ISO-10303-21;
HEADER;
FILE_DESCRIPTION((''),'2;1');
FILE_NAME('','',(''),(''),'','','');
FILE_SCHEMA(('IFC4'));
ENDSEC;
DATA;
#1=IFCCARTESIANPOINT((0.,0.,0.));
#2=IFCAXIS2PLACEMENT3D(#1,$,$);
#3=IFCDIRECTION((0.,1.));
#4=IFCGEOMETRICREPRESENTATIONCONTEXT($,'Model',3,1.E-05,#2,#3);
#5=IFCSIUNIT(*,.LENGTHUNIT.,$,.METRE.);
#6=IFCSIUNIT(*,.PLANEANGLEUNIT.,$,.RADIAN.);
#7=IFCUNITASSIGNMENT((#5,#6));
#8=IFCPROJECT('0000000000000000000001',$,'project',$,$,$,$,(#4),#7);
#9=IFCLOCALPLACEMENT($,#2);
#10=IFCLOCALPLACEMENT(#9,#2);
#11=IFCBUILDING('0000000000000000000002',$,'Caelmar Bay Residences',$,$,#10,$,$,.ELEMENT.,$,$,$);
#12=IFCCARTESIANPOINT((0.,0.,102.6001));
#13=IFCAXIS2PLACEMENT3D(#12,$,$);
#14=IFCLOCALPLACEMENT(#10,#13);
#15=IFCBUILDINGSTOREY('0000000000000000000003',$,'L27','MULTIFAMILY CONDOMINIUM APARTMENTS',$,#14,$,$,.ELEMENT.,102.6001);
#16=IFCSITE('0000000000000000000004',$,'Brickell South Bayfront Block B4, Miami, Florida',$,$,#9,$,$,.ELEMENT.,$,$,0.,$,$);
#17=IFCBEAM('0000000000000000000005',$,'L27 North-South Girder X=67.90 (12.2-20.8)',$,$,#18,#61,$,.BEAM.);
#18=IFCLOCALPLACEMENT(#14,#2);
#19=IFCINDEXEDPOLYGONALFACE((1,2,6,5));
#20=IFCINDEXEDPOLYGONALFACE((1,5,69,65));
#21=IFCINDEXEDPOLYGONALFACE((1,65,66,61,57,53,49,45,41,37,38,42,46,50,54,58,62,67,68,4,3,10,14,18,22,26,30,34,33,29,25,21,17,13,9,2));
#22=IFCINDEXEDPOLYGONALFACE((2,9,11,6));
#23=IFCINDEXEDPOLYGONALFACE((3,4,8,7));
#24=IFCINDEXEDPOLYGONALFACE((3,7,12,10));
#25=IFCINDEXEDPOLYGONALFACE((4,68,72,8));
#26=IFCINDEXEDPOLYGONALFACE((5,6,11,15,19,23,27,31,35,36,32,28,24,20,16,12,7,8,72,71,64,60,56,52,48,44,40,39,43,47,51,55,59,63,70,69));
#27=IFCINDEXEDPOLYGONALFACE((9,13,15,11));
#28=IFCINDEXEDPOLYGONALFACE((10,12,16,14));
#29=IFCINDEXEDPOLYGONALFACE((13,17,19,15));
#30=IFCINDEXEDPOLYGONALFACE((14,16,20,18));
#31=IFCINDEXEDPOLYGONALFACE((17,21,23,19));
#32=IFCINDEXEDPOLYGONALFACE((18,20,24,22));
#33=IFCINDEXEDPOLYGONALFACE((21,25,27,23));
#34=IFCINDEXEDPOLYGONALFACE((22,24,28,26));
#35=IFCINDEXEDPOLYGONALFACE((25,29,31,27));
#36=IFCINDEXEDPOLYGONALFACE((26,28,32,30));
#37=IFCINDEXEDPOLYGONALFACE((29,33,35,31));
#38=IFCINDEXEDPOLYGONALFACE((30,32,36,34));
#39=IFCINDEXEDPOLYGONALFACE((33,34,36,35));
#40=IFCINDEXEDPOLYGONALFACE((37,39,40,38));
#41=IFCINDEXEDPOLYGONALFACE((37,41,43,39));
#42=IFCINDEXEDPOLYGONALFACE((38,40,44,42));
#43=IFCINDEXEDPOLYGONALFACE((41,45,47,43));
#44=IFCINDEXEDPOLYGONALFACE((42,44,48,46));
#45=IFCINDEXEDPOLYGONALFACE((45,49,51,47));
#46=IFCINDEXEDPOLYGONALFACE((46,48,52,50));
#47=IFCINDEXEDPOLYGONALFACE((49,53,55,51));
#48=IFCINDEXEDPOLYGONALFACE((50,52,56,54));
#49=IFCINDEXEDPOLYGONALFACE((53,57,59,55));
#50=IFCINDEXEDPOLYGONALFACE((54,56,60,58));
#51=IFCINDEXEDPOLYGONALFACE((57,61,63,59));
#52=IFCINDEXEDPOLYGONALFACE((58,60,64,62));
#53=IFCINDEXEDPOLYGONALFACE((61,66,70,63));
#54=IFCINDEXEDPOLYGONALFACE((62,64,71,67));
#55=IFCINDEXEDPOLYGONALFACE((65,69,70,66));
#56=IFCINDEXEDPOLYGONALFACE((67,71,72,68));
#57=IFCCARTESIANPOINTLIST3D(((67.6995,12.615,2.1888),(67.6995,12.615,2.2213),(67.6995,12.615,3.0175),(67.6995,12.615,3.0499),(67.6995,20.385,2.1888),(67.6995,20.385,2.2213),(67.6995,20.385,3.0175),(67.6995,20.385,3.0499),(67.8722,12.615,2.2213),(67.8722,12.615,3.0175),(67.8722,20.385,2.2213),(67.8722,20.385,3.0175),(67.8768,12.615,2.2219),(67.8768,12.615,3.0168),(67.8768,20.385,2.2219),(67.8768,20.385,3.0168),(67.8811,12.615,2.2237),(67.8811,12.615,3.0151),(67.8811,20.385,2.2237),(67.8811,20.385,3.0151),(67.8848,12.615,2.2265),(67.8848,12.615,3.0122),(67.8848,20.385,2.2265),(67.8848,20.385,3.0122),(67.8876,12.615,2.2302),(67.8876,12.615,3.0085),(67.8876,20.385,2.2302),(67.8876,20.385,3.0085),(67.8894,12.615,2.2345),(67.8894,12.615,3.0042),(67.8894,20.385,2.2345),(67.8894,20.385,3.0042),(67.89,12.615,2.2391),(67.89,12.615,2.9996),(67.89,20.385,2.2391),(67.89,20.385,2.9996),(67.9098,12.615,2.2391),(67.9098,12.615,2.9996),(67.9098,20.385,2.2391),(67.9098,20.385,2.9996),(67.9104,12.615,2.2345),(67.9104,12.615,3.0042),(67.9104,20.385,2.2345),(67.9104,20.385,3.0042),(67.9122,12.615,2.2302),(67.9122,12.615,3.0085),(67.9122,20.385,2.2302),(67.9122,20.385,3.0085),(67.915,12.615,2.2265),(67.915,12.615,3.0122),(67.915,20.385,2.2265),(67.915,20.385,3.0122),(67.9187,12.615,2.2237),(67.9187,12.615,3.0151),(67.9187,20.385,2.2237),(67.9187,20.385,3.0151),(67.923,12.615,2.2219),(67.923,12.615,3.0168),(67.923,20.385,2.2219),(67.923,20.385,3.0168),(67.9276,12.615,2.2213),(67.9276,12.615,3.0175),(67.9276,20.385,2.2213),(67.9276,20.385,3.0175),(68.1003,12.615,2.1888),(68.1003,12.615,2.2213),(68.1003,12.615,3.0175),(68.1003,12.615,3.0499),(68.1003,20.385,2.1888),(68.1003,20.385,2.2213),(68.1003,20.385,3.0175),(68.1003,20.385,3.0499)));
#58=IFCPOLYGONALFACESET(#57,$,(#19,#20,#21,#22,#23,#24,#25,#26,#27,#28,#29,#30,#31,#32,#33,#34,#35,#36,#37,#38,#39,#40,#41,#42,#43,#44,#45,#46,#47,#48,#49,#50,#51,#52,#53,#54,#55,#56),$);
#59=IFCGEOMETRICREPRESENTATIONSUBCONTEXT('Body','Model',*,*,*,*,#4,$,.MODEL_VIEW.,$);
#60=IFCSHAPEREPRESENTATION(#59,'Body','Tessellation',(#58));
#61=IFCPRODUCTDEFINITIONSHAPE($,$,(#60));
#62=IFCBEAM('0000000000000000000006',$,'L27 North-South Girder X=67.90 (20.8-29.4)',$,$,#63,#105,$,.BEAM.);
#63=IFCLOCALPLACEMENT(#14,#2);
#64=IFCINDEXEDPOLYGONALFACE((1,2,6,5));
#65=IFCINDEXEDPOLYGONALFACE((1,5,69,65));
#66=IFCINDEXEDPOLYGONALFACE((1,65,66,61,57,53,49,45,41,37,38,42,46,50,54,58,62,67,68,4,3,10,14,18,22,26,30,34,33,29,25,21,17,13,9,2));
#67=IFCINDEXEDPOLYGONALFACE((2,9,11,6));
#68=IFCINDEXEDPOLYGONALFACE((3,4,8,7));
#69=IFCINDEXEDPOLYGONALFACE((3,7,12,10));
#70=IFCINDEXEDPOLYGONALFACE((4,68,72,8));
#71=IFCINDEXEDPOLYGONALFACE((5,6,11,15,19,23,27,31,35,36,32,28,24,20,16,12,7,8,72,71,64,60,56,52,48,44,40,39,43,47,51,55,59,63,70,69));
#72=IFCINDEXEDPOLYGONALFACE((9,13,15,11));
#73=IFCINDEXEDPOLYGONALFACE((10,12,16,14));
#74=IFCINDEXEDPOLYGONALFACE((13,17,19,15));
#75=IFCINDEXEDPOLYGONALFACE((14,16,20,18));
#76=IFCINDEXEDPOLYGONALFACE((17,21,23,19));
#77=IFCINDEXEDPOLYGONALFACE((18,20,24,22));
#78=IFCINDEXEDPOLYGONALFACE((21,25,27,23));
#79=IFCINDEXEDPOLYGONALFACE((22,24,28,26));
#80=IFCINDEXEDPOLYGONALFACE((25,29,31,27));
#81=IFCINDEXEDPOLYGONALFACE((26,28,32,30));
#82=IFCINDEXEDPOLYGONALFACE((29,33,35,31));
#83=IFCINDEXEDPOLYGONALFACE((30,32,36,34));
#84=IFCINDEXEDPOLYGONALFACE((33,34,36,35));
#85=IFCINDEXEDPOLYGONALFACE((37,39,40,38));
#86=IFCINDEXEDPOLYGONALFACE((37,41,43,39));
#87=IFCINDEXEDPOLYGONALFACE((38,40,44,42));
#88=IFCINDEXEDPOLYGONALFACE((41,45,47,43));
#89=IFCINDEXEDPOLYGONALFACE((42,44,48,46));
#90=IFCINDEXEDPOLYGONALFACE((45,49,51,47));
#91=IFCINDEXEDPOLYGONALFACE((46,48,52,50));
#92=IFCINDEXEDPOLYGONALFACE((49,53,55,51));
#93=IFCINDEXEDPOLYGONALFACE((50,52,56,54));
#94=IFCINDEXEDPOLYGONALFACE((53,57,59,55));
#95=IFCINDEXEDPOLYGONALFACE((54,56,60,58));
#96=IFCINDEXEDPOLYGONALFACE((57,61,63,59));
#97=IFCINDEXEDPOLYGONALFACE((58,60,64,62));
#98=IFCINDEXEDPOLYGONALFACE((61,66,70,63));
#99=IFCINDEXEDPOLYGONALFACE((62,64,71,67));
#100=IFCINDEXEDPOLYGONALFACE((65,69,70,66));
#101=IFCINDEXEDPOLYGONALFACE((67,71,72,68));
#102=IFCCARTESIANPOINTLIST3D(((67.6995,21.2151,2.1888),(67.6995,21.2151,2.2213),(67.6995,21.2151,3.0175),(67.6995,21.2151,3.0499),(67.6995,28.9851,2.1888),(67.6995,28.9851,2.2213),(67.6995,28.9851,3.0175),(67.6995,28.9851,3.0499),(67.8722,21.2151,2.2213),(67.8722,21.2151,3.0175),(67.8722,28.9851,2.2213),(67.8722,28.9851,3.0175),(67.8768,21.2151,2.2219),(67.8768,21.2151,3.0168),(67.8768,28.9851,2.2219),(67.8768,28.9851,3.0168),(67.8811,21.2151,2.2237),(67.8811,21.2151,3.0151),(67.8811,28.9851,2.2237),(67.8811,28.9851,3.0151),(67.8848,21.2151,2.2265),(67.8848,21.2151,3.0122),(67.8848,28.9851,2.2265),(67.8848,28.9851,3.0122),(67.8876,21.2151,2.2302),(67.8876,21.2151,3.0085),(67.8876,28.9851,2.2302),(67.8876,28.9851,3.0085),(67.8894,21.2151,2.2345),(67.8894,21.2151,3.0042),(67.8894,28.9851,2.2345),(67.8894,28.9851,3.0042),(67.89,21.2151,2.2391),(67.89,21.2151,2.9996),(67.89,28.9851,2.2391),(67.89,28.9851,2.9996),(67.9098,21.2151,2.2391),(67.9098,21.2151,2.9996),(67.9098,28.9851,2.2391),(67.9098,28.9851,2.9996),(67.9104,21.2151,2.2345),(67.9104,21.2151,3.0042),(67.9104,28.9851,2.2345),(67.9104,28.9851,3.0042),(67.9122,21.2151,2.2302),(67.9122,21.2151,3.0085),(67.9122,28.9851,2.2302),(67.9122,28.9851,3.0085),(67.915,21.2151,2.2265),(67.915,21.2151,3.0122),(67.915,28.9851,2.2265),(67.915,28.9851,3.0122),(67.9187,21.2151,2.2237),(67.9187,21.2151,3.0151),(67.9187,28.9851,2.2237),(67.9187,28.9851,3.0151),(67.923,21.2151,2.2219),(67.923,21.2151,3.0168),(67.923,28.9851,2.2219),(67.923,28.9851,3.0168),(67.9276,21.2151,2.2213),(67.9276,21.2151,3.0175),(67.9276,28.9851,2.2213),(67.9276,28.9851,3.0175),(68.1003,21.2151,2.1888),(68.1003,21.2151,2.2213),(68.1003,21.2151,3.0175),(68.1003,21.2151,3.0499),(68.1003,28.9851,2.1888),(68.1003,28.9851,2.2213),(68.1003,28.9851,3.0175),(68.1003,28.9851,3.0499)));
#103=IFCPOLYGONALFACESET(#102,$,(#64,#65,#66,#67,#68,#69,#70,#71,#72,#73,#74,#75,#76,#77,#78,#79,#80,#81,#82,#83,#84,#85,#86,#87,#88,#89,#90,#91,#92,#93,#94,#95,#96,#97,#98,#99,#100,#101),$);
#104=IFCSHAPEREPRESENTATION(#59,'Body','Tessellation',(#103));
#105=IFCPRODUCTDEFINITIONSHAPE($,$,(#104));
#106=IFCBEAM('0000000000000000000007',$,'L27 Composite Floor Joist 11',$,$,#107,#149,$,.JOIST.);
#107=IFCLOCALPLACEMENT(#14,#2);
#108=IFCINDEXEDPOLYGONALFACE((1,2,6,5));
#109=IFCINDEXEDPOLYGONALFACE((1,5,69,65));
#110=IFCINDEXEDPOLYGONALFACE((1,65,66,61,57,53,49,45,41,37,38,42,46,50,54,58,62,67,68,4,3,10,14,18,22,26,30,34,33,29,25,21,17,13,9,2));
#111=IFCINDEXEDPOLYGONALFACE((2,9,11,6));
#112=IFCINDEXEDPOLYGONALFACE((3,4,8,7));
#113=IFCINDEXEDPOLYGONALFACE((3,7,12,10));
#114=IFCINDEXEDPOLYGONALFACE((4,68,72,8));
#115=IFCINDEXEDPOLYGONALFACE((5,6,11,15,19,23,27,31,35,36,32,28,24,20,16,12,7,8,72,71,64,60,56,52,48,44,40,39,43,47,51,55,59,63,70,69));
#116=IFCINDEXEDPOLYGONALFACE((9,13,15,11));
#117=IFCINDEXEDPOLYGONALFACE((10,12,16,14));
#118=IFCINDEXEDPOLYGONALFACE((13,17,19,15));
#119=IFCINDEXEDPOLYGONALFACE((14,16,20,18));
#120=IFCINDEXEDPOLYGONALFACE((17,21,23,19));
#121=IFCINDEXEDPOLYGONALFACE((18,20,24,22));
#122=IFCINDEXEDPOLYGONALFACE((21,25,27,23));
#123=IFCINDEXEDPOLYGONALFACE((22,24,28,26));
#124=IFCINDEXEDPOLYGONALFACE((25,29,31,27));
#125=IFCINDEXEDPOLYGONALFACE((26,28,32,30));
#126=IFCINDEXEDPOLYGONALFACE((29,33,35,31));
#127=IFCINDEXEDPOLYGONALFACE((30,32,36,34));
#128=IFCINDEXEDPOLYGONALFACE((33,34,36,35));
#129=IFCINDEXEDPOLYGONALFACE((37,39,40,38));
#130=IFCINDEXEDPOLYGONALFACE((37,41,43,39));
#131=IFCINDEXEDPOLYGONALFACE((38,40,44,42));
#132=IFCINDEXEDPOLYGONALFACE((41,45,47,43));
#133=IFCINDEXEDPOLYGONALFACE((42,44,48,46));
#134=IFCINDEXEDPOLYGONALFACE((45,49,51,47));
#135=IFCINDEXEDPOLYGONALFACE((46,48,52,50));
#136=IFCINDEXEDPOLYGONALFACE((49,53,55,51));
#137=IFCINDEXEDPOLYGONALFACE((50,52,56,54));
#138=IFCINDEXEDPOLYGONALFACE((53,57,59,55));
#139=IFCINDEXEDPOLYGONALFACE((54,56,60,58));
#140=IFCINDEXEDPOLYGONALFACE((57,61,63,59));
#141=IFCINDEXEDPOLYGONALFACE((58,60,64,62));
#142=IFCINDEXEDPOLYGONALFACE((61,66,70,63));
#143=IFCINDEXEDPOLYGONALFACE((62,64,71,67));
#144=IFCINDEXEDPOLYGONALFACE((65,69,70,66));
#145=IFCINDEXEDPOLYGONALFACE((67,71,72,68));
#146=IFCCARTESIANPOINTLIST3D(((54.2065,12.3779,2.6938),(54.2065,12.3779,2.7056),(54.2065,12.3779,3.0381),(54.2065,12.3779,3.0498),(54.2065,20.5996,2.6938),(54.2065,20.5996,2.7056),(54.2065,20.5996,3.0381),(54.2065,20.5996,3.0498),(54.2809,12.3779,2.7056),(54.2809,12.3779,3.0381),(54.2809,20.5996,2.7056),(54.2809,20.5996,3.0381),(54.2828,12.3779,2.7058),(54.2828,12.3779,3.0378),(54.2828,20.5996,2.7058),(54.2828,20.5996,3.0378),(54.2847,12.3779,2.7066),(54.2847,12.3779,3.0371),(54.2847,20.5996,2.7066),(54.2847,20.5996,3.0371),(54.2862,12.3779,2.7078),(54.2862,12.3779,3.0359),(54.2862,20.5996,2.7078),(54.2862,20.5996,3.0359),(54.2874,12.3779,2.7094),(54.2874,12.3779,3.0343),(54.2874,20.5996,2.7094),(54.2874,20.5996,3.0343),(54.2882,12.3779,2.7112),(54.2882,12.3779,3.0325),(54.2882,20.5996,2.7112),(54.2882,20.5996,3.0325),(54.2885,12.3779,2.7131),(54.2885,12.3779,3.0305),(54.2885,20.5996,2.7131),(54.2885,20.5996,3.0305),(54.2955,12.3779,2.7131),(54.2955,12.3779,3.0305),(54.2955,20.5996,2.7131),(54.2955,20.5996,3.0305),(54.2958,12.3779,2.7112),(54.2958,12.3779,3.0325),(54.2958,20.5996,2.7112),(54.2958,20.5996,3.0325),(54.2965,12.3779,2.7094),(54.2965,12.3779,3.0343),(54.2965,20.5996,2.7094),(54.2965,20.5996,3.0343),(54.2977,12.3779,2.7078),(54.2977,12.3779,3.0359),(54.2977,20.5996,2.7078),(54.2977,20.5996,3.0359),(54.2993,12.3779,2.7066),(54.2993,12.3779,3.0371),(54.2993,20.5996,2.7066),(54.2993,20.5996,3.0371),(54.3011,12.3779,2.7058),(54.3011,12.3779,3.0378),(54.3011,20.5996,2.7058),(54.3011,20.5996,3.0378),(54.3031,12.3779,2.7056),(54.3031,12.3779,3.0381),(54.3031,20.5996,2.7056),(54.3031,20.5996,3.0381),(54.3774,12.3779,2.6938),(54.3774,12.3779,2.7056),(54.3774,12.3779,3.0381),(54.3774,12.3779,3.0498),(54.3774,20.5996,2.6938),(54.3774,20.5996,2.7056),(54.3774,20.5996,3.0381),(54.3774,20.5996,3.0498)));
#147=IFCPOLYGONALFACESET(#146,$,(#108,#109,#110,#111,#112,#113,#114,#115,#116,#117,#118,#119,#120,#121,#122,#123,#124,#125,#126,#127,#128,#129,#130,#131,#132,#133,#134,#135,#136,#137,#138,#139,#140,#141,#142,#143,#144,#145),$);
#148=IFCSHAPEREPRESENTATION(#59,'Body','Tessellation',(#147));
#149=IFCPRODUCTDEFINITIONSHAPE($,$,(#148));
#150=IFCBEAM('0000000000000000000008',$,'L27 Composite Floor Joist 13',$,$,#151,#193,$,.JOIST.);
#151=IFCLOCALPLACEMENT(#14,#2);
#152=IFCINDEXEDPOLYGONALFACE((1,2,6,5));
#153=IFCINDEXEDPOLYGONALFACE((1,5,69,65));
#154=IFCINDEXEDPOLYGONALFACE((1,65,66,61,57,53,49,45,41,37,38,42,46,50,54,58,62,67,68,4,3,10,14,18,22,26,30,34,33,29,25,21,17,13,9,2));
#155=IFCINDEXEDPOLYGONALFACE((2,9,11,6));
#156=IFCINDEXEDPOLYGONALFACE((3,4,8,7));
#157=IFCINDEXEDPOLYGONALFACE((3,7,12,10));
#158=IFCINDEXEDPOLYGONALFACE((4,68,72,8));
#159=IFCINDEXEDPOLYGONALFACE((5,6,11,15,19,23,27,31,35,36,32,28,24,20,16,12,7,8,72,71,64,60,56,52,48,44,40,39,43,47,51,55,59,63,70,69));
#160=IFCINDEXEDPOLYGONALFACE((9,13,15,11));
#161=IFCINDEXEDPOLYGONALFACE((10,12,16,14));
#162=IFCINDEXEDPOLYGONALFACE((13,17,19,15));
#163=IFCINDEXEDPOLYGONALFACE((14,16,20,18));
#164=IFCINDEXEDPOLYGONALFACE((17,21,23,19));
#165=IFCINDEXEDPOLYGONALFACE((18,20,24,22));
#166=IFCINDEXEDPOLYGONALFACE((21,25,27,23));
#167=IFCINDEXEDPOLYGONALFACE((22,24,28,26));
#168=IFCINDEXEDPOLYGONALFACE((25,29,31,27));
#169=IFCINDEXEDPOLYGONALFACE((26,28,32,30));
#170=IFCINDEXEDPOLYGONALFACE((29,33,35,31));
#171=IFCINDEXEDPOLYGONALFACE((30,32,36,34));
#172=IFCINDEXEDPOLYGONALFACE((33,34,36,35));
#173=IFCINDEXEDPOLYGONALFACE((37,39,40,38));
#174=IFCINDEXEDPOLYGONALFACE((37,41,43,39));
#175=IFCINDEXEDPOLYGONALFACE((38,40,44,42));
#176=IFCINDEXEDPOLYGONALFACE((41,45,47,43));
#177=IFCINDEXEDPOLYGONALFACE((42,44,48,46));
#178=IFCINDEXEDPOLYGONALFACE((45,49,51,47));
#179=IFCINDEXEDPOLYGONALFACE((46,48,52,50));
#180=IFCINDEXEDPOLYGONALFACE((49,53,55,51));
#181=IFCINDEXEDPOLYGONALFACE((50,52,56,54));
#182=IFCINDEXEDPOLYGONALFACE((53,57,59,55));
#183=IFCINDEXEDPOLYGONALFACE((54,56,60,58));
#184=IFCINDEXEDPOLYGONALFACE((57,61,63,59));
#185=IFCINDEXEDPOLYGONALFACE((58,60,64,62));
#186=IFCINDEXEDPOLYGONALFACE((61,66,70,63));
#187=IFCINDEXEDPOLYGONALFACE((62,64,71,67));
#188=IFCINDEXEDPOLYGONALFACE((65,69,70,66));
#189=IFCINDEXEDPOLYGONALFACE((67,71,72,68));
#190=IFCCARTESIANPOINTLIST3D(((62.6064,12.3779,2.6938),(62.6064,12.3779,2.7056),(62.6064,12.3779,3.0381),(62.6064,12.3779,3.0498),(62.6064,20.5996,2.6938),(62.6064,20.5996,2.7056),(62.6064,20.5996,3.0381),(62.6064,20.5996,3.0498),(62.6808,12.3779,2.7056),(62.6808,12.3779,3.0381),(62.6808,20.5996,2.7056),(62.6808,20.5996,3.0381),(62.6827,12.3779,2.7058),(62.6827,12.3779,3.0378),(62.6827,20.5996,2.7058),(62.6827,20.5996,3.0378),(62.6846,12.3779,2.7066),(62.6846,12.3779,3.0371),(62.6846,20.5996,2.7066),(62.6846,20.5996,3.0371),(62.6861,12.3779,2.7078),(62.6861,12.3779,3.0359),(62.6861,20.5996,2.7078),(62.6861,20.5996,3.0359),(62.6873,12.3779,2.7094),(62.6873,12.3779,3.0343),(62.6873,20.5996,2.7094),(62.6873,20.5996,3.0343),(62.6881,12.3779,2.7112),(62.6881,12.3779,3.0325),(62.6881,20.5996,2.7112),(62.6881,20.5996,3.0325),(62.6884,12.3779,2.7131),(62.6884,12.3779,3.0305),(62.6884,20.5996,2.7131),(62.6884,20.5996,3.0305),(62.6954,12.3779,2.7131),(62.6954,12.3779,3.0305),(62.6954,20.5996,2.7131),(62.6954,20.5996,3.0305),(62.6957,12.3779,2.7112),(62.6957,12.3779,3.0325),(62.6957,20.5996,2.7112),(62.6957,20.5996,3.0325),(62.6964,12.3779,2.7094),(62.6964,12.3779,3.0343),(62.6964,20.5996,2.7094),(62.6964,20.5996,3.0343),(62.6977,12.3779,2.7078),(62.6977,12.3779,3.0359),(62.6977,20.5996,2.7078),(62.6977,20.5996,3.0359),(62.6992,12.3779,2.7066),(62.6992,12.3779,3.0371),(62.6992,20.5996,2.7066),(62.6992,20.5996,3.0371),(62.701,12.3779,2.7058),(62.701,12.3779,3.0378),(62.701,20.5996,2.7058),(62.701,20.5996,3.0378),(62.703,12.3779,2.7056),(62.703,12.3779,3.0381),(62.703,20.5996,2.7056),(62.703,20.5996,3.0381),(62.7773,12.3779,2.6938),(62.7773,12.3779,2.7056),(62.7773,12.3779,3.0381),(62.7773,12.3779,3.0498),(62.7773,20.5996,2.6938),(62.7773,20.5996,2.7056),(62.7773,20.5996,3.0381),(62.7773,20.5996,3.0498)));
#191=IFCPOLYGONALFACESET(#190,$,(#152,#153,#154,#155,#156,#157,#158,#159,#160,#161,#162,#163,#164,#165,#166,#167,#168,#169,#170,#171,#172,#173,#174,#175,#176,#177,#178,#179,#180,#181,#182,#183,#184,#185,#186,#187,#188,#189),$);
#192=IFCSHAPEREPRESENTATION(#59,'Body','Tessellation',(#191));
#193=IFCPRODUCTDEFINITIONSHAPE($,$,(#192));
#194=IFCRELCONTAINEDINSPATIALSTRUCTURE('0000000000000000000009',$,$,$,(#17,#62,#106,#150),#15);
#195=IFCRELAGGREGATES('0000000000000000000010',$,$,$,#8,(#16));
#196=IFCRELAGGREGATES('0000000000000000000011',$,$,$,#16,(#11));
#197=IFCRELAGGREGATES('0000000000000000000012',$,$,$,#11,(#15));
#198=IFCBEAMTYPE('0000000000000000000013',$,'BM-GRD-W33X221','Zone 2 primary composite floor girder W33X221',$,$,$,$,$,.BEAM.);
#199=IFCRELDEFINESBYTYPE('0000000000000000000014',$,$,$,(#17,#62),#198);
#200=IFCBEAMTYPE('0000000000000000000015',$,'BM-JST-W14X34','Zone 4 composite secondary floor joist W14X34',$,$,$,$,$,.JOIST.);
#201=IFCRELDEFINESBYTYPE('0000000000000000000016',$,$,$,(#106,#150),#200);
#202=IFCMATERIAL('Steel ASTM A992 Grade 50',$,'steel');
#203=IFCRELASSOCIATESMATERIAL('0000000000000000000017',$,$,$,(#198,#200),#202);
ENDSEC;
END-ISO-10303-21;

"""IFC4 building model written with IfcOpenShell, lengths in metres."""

from ifc_helpers import new_model, si_unit, direction, frame, origin, origin_2d, place, context, subcontext, project, spatial, i_section, extrude, material, material_profile, profile_set, type_object, element, save


model = new_model("IFC4")

# Units and contexts
model_context = context("Model", 3, precision=1e-05, world=origin(), true_north=direction((0.0, 1.0)))
body_context = subcontext(model_context, "Body", "Model", "MODEL_VIEW")
ifc_project = project(units=[si_unit("LENGTHUNIT", "METRE"), si_unit("PLANEANGLEUNIT", "RADIAN")], contexts=[model_context])

# Site, building, storey
site_placement = place(None, origin())
site = spatial("IfcSite", under=ifc_project, at=site_placement, Name="Brickell South Bayfront Block B4, Miami, Florida", CompositionType="ELEMENT", RefElevation=0.0)
building_placement = place(site_placement, origin())
building = spatial("IfcBuilding", under=site, at=building_placement, Name="Caelmar Bay Residences", CompositionType="ELEMENT")
storey_placement = place(building_placement, frame((0.0, 0.0, 102.6001)))
storey = spatial("IfcBuildingStorey", under=building, at=storey_placement, Name="L27", Description="MULTIFAMILY CONDOMINIUM APARTMENTS", CompositionType="ELEMENT", Elevation=102.6001)

# Beams
ifc_material_1 = material(Name="Steel ASTM A992 Grade 50", Category="steel")
ifc_material_profile_1 = material_profile(ifc_material_1, i_section(OverallWidth=0.4009, OverallDepth=0.8611, WebThickness=0.0198, FlangeThickness=0.0325, FilletRadius=0.0178, at=origin_2d()), Name="W33X221")
ifc_profile_set_1 = profile_set([ifc_material_profile_1], Name="Steel ASTM A992 Grade 50")
beam_type_1 = type_object("IfcBeamType", Name="BM-GRD-W33X221", Description="Zone 2 primary composite floor girder W33X221", PredefinedType="BEAM", material=ifc_profile_set_1)
for number, where, z_axis, x_axis, name in (
    (1, (67.8999, 12.615, 2.6194), (0.0, 1.0, 0.0), (-1.0, 0.0, 0.0), "L27 North-South Girder X=67.90 (12.2-20.8)"),
    (2, (67.8999, 21.2151, 2.6194), (0.0, 1.0, 0.0), (-1.0, 0.0, 0.0), "L27 North-South Girder X=67.90 (20.8-29.4)"),
):
    element("IfcBeam", number, at=place(storey_placement, frame(where, z_axis=z_axis, x_axis=x_axis)), inside=storey, type_object=beam_type_1, Name=name, PredefinedType="BEAM", context=body_context, shape_type="SweptSolid", body=[
        extrude(i_section(OverallWidth=0.4009, OverallDepth=0.8611, WebThickness=0.0198, FlangeThickness=0.0325, FilletRadius=0.0178, at=origin_2d()), origin(), (0.0, 0.0, 1.0), 7.77),
    ])
ifc_material_profile_2 = material_profile(ifc_material_1, i_section(OverallWidth=0.1709, OverallDepth=0.356, WebThickness=0.0071, FlangeThickness=0.0117, FilletRadius=0.0076, at=origin_2d()), Name="W14X34")
ifc_profile_set_2 = profile_set([ifc_material_profile_2], Name="Steel ASTM A992 Grade 50")
beam_type_2 = type_object("IfcBeamType", Name="BM-JST-W14X34", Description="Zone 4 composite secondary floor joist W14X34", PredefinedType="JOIST", material=ifc_profile_set_2)
for number, where, z_axis, x_axis, name in (
    (3, (54.292, 12.3779, 2.8718), (0.0, 1.0, 0.0), (-1.0, 0.0, 0.0), "L27 Composite Floor Joist 11"),
    (4, (62.6919, 12.3779, 2.8718), (0.0, 1.0, 0.0), (-1.0, 0.0, 0.0), "L27 Composite Floor Joist 13"),
):
    element("IfcBeam", number, at=place(storey_placement, frame(where, z_axis=z_axis, x_axis=x_axis)), inside=storey, type_object=beam_type_2, Name=name, PredefinedType="JOIST", context=body_context, shape_type="SweptSolid", body=[
        extrude(i_section(OverallWidth=0.1709, OverallDepth=0.356, WebThickness=0.0071, FlangeThickness=0.0117, FilletRadius=0.0076, at=origin_2d()), origin(), (0.0, 0.0, 1.0), 8.2217),
    ])

save(model, "model.ifc")
